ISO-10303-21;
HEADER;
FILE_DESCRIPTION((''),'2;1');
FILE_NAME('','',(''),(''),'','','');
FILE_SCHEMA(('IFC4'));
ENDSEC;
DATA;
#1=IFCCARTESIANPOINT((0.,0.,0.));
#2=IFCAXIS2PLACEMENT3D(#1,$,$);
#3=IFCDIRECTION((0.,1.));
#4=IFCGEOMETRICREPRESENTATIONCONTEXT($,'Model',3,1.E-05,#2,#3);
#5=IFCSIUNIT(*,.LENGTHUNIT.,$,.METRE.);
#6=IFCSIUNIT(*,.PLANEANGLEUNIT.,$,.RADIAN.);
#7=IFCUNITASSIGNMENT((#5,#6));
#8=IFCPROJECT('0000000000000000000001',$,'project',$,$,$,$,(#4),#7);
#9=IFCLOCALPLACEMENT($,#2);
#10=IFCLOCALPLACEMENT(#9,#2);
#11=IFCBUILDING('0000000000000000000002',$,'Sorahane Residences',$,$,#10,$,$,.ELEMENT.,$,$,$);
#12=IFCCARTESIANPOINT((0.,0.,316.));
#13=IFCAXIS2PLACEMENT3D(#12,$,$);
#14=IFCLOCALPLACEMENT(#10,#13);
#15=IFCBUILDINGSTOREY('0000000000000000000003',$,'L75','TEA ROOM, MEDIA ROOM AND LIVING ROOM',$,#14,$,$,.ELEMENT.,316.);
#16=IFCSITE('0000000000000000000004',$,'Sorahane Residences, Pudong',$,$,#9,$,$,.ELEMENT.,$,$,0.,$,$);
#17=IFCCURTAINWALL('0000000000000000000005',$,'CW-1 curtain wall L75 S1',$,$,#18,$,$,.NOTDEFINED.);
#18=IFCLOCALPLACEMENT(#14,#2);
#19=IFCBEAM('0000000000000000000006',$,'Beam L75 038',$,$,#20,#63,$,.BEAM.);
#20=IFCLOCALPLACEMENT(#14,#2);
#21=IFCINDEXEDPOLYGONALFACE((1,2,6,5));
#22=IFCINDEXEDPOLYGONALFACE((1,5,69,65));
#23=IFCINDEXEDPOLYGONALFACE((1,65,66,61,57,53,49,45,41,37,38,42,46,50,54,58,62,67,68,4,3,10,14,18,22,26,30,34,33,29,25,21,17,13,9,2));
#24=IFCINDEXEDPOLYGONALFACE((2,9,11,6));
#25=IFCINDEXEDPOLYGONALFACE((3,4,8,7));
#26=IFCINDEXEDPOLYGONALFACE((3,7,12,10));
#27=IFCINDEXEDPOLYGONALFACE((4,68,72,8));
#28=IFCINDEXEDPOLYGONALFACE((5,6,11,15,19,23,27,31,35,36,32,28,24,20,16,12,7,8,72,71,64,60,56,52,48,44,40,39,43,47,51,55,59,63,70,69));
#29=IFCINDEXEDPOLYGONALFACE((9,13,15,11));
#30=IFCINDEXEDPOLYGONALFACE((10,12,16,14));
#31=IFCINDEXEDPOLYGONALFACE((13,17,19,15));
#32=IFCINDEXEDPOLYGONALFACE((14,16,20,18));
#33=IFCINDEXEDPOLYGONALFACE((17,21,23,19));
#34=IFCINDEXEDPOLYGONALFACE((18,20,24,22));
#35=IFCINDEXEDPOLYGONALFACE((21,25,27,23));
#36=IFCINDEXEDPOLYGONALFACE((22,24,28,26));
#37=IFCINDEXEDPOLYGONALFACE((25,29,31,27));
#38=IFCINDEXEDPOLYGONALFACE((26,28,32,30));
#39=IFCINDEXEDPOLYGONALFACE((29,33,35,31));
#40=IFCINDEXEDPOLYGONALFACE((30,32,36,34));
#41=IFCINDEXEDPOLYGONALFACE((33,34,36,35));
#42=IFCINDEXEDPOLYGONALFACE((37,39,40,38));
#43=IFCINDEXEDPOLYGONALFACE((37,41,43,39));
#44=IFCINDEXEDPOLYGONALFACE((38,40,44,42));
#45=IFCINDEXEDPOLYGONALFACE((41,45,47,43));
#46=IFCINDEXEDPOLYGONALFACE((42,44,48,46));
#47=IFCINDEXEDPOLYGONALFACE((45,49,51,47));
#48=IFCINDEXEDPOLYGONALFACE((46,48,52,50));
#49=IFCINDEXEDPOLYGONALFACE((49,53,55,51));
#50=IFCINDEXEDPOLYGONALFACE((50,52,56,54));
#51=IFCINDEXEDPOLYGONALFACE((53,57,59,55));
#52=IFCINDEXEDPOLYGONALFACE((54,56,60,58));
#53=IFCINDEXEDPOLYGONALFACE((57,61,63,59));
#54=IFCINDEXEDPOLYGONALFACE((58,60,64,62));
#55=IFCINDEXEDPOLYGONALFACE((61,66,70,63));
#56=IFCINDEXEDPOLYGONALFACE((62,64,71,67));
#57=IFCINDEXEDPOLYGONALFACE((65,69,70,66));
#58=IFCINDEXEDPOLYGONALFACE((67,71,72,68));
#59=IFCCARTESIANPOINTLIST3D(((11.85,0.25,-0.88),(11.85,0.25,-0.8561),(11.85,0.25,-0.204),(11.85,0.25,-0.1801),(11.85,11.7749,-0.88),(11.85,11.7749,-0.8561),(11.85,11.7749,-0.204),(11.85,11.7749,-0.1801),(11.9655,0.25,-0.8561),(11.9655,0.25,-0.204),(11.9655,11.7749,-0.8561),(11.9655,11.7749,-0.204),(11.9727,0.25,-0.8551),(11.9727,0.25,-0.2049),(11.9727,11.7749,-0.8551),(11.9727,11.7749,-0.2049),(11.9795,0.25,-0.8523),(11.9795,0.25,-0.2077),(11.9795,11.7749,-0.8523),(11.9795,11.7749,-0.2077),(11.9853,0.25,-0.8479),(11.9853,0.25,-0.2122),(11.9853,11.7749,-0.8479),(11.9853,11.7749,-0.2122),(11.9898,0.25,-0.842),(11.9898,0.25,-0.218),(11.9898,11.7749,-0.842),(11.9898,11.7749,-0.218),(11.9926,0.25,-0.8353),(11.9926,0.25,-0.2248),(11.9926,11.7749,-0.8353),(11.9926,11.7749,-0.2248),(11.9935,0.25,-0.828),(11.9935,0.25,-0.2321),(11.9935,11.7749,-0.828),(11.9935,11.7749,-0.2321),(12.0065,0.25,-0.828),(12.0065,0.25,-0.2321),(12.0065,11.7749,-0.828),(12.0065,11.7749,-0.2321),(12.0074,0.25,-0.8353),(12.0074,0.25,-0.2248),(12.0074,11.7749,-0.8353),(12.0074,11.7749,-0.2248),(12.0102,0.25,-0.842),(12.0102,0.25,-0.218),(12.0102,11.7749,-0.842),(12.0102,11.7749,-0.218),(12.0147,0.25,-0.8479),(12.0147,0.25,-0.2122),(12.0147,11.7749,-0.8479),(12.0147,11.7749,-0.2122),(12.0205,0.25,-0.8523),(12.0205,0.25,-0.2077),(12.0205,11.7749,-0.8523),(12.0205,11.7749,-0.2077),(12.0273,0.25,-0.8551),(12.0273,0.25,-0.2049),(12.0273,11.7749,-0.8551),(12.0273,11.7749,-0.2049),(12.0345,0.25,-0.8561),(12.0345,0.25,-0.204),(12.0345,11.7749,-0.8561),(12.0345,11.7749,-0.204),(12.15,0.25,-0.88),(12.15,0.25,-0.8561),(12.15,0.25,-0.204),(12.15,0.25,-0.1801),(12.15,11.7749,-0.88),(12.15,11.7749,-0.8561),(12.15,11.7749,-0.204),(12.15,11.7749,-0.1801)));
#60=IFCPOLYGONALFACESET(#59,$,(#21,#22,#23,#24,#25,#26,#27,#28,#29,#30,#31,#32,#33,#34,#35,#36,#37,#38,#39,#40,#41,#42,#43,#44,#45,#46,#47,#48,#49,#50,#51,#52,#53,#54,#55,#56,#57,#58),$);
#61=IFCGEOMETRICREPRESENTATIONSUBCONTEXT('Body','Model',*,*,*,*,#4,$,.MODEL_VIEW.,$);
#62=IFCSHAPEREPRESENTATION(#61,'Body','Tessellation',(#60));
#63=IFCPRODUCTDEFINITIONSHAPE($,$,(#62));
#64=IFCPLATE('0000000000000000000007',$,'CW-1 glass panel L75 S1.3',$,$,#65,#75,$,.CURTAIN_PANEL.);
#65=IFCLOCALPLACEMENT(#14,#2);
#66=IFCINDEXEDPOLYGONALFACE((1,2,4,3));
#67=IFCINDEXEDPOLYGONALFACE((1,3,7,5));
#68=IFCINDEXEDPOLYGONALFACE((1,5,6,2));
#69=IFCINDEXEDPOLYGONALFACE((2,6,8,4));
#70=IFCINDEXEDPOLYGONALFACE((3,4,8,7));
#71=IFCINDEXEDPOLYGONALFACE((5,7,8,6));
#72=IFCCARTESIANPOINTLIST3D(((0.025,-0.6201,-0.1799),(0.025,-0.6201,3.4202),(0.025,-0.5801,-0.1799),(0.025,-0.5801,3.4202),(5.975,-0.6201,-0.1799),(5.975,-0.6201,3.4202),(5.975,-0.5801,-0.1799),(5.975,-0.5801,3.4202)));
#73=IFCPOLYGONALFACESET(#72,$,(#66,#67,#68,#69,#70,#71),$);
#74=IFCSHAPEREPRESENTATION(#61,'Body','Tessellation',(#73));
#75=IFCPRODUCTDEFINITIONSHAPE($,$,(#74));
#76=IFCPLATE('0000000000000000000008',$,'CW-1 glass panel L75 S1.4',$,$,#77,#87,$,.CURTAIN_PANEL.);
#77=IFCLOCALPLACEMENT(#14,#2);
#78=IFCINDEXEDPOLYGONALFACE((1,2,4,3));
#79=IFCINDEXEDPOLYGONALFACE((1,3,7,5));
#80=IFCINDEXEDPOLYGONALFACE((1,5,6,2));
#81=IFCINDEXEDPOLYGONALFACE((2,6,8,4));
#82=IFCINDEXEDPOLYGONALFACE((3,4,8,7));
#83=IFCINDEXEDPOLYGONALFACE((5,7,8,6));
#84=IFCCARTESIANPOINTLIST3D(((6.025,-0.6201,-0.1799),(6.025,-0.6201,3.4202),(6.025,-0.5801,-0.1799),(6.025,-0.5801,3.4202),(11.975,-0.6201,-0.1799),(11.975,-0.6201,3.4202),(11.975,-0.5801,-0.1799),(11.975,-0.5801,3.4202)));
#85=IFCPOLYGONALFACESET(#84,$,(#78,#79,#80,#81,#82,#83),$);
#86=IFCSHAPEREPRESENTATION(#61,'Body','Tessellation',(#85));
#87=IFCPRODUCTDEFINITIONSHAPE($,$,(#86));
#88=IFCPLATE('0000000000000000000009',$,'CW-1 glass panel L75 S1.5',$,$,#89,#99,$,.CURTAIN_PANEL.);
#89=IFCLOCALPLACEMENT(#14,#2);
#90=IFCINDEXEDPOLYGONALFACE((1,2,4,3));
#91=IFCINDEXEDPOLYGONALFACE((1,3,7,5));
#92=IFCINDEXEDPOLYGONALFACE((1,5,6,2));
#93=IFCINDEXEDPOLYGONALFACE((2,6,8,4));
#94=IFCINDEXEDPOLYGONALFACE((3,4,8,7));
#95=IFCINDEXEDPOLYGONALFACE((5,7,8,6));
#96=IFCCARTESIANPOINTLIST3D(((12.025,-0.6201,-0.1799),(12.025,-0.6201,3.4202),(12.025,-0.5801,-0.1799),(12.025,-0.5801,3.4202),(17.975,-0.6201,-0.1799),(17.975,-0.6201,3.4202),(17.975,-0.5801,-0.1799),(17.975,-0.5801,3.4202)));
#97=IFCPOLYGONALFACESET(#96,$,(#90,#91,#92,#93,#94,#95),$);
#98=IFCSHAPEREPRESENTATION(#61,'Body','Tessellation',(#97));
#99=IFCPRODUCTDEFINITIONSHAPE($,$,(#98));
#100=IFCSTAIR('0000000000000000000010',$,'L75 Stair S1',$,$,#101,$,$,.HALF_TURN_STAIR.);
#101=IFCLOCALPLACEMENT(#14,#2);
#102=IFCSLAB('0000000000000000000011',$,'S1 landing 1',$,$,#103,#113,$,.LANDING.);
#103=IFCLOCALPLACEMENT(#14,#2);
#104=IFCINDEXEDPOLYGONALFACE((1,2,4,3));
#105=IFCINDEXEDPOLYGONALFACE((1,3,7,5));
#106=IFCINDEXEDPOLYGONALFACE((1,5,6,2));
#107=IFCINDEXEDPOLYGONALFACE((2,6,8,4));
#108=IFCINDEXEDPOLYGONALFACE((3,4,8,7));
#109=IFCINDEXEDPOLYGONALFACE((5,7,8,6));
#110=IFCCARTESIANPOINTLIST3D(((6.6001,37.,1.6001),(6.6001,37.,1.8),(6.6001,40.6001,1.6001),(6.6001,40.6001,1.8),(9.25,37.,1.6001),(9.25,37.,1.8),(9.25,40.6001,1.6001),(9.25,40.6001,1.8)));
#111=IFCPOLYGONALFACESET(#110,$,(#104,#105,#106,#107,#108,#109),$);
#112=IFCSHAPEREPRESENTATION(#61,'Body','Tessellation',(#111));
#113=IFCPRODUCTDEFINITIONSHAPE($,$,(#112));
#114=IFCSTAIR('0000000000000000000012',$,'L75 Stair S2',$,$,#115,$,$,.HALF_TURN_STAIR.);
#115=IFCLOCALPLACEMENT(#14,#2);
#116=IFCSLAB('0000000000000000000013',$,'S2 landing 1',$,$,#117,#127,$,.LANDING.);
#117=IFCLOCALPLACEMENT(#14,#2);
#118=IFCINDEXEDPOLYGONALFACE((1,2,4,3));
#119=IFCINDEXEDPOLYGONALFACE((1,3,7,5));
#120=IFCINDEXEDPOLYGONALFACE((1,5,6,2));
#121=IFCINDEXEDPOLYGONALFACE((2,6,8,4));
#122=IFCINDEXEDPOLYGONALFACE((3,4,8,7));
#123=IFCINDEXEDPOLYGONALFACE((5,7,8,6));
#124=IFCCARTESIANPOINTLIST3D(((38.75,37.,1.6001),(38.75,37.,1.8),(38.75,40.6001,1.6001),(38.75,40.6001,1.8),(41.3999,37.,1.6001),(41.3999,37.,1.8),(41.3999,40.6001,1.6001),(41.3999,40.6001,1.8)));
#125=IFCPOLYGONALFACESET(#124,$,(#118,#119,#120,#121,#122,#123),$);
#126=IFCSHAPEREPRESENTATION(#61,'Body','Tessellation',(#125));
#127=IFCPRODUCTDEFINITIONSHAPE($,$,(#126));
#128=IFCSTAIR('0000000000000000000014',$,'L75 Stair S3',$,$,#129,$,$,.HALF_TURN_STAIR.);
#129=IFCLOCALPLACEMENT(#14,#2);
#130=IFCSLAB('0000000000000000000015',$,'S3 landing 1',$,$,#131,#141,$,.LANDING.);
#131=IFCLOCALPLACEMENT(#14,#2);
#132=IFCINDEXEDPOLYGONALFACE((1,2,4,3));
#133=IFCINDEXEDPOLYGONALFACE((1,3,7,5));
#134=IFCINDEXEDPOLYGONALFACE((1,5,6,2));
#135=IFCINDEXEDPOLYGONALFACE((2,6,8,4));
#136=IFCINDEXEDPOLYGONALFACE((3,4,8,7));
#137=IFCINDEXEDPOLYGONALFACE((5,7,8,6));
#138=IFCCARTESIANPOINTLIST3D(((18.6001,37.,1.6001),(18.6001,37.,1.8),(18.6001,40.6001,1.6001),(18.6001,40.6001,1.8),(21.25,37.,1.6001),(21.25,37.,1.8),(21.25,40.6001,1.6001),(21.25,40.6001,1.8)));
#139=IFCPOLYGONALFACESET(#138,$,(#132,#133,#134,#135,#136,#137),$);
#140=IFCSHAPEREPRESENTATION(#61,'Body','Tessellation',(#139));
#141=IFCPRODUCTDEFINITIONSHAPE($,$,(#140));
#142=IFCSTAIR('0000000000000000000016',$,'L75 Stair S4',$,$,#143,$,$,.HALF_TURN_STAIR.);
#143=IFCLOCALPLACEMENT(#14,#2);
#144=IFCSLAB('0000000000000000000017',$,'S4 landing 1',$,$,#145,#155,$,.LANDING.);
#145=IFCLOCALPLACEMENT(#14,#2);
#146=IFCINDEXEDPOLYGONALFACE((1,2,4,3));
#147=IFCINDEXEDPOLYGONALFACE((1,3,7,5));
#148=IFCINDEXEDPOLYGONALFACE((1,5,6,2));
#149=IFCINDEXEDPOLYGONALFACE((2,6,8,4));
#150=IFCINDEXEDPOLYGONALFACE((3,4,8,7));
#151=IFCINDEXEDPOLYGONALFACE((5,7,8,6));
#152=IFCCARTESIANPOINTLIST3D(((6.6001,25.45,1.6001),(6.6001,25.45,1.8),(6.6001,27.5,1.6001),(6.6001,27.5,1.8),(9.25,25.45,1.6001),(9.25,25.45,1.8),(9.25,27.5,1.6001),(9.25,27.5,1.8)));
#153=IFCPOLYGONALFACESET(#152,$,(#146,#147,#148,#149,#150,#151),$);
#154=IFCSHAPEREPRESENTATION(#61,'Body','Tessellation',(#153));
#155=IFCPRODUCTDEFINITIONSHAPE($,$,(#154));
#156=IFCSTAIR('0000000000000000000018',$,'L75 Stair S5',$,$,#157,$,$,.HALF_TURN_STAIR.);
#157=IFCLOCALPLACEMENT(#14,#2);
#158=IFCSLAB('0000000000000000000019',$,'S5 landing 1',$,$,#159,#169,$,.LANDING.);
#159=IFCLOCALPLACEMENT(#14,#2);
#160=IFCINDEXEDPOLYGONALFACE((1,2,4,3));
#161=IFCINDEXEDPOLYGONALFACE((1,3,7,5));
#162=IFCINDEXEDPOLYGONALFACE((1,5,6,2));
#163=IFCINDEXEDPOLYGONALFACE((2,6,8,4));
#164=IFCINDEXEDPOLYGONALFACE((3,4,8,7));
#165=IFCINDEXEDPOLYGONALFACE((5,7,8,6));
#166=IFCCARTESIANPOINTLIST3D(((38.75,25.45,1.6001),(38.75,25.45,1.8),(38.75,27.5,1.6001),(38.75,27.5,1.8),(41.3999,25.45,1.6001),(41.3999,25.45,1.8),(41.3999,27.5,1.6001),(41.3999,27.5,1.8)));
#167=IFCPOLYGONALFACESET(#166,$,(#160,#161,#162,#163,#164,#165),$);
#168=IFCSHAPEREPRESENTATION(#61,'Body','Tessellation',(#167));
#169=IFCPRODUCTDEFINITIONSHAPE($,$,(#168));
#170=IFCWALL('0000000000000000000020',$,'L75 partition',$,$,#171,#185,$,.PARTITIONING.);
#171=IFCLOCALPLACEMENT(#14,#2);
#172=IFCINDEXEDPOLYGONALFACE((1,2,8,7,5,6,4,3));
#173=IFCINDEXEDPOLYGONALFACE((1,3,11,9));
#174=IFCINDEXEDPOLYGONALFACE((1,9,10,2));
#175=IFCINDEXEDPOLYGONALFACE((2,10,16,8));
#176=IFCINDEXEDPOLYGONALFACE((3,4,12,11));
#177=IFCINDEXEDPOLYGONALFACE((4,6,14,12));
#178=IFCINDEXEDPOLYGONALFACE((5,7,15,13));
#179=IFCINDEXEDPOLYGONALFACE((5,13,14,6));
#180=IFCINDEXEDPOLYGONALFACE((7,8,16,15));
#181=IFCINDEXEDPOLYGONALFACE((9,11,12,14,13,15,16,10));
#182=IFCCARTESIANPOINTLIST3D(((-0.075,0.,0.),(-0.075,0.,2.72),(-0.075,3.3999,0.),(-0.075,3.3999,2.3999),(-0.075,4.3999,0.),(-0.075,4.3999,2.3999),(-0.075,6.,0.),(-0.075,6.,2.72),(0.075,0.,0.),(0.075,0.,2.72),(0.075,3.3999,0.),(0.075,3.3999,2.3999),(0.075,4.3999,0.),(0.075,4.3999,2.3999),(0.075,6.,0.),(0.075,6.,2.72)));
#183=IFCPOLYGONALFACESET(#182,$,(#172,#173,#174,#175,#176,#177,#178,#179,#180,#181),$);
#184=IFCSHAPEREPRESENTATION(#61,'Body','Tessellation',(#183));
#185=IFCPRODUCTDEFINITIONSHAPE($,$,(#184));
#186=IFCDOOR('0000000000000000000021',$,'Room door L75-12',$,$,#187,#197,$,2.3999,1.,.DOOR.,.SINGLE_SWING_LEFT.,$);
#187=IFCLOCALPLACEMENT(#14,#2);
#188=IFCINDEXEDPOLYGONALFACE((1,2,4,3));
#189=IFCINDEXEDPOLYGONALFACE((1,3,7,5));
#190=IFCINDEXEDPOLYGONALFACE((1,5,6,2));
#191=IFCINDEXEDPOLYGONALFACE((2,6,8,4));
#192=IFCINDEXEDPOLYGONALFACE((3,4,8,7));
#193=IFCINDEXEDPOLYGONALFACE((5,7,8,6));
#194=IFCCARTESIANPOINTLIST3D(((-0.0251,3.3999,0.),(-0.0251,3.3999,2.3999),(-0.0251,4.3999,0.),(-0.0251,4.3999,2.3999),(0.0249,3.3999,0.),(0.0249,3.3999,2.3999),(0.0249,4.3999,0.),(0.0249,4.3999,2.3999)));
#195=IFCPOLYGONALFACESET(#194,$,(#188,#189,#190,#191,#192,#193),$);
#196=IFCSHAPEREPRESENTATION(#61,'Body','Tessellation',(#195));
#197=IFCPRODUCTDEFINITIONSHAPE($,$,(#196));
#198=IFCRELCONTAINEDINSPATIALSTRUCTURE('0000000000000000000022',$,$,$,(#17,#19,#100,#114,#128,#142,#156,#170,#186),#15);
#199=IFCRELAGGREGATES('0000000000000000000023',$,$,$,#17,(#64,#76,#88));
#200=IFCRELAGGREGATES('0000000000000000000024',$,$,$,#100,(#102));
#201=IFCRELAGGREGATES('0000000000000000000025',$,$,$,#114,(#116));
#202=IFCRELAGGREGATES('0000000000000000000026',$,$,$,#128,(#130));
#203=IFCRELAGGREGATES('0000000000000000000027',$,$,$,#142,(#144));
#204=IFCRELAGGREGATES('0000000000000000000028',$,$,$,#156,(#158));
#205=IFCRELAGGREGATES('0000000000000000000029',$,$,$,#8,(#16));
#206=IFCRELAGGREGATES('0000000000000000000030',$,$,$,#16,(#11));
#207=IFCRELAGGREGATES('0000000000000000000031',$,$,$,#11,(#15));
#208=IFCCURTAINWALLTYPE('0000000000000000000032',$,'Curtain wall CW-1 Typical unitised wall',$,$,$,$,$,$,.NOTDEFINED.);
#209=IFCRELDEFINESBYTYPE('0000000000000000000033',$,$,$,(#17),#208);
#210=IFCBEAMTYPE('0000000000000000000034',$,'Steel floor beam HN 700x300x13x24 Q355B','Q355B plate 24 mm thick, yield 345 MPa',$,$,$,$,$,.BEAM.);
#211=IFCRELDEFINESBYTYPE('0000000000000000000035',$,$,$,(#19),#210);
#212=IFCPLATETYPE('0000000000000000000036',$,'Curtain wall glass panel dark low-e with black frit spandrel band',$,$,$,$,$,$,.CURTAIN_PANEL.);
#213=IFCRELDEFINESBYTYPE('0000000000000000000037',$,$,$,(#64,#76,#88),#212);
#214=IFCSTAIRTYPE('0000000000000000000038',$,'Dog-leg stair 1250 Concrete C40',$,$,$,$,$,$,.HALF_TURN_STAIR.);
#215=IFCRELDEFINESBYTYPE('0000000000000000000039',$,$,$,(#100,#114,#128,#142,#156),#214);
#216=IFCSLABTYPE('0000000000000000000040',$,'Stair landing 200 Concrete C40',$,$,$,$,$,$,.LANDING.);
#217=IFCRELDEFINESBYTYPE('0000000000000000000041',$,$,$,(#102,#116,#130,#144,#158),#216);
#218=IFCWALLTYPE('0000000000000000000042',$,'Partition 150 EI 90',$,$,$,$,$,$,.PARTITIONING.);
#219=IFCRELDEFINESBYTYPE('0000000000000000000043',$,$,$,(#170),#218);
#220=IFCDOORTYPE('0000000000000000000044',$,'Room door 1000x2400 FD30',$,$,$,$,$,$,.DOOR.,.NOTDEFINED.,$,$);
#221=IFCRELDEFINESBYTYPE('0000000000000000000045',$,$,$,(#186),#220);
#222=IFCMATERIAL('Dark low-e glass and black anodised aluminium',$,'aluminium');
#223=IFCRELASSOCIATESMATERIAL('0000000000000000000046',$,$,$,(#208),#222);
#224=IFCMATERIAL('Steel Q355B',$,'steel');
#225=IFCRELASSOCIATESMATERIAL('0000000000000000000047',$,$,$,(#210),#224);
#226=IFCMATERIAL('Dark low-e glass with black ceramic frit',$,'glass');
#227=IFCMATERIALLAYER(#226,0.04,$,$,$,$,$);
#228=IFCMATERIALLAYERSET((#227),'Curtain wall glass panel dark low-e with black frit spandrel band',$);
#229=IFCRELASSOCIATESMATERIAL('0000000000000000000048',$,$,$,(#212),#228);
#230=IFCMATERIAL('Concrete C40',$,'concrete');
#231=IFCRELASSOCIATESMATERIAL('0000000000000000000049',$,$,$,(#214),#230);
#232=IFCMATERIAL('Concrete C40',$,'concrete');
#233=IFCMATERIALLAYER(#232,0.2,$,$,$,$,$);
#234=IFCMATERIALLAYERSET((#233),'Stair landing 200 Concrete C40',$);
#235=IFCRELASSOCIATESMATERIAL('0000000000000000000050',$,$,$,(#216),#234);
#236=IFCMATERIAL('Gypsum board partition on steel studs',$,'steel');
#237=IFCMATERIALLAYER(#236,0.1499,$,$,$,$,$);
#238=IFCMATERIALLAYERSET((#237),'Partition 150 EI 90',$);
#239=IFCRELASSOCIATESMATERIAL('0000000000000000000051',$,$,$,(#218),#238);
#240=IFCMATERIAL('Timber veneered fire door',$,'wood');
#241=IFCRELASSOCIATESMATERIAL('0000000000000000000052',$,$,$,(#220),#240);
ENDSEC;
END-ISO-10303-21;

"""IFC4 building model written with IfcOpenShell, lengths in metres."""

from ifc_helpers import new_model, si_unit, direction, frame, frame_2d, origin, origin_2d, place, context, subcontext, project, spatial, polyline, rectangle, i_section, outline, extrude, material, layer, layer_set, material_profile, profile_set, type_object, element, fill, aggregate, save


model = new_model("IFC4")

# Units and contexts
model_context = context("Model", 3, precision=1e-05, world=origin(), true_north=direction((0.0, 1.0)))
body_context = subcontext(model_context, "Body", "Model", "MODEL_VIEW")
ifc_project = project(units=[si_unit("LENGTHUNIT", "METRE"), si_unit("PLANEANGLEUNIT", "RADIAN")], contexts=[model_context])

# Site, building, storey
site_placement = place(None, origin())
site = spatial("IfcSite", under=ifc_project, at=site_placement, Name="Sorahane Residences, Pudong", CompositionType="ELEMENT", RefElevation=0.0)
building_placement = place(site_placement, origin())
building = spatial("IfcBuilding", under=site, at=building_placement, Name="Sorahane Residences", CompositionType="ELEMENT")
storey_placement = place(building_placement, frame((0.0, 0.0, 316.0)))
storey = spatial("IfcBuildingStorey", under=building, at=storey_placement, Name="L75", Description="TEA ROOM, MEDIA ROOM AND LIVING ROOM", CompositionType="ELEMENT", Elevation=316.0)

# Curtain wall
ifc_material_1 = material(Name="Dark low-e glass and black anodised aluminium", Category="aluminium")
curtain_wall_type = type_object("IfcCurtainWallType", Name="Curtain wall CW-1 Typical unitised wall", PredefinedType="NOTDEFINED", material=ifc_material_1)
curtain_wall_placement = place(storey_placement, origin())
curtain_wall = element("IfcCurtainWall", 1, at=curtain_wall_placement, inside=storey, type_object=curtain_wall_type, Name="CW-1 curtain wall L75 S1", PredefinedType="NOTDEFINED")

# Beam
ifc_material_2 = material(Name="Steel Q355B", Category="steel")
ifc_material_profile_1 = material_profile(ifc_material_2, i_section(OverallWidth=0.3, OverallDepth=0.7, WebThickness=0.0129, FlangeThickness=0.0239, FilletRadius=0.0281, at=origin_2d()), Name="HN 700x300x13x24")
ifc_profile_set_1 = profile_set([ifc_material_profile_1], Name="Steel Q355B")
beam_type_1 = type_object("IfcBeamType", Name="Steel floor beam HN 700x300x13x24 Q355B", Description="Q355B plate 24 mm thick, yield 345 MPa", PredefinedType="BEAM", material=ifc_profile_set_1)
beam_1_placement = place(storey_placement, frame((12.0, 0.25, -0.53), z_axis=(0.0, 1.0, 0.0), x_axis=(-1.0, 0.0, 0.0)))
element("IfcBeam", 2, at=beam_1_placement, inside=storey, type_object=beam_type_1, Name="Beam L75 038", PredefinedType="BEAM", context=body_context, shape_type="SweptSolid", body=[
    extrude(i_section(OverallWidth=0.3, OverallDepth=0.7, WebThickness=0.0129, FlangeThickness=0.0239, FilletRadius=0.0281, at=origin_2d()), origin(), (0.0, 0.0, 1.0), 11.5249),
])

# Plates
ifc_material_3 = material(Name="Dark low-e glass with black ceramic frit", Category="glass")
ifc_layer_1 = layer(ifc_material_3, 0.04)
ifc_layer_set_1 = layer_set([ifc_layer_1], Name="Curtain wall glass panel dark low-e with black frit spandrel band")
plate_type = type_object("IfcPlateType", Name="Curtain wall glass panel dark low-e with black frit spandrel band", PredefinedType="CURTAIN_PANEL", material=ifc_layer_set_1)
plate_1_placement = place(storey_placement, frame((3.0, -0.6001, -0.1799), z_axis=(0.0, 0.0, 1.0), x_axis=(1.0, 0.0, 0.0)))
plate_1 = element("IfcPlate", 3, at=plate_1_placement, type_object=plate_type, Name="CW-1 glass panel L75 S1.3", PredefinedType="CURTAIN_PANEL", context=body_context, shape_type="SweptSolid", body=[
    extrude(rectangle(XDim=5.95, YDim=0.04, at=origin_2d()), origin(), (0.0, 0.0, 1.0), 3.6001),
])
plate_2_placement = place(storey_placement, frame((9.0, -0.6001, -0.1799), z_axis=(0.0, 0.0, 1.0), x_axis=(1.0, 0.0, 0.0)))
plate_2 = element("IfcPlate", 4, at=plate_2_placement, type_object=plate_type, Name="CW-1 glass panel L75 S1.4", PredefinedType="CURTAIN_PANEL", context=body_context, shape_type="SweptSolid", body=[
    extrude(rectangle(XDim=5.95, YDim=0.04, at=origin_2d()), origin(), (0.0, 0.0, 1.0), 3.6001),
])
plate_3_placement = place(storey_placement, frame((15.0, -0.6001, -0.1799), z_axis=(0.0, 0.0, 1.0), x_axis=(1.0, 0.0, 0.0)))
plate_3 = element("IfcPlate", 5, at=plate_3_placement, type_object=plate_type, Name="CW-1 glass panel L75 S1.5", PredefinedType="CURTAIN_PANEL", context=body_context, shape_type="SweptSolid", body=[
    extrude(rectangle(XDim=5.95, YDim=0.04, at=origin_2d()), origin(), (0.0, 0.0, 1.0), 3.6001),
])
aggregate(curtain_wall, [plate_1, plate_2, plate_3])

# Stairs, slabs
ifc_material_4 = material(Name="Concrete C40", Category="concrete")
stair_type = type_object("IfcStairType", Name="Dog-leg stair 1250 Concrete C40", PredefinedType="HALF_TURN_STAIR", material=ifc_material_4)
stair_1_placement = place(storey_placement, origin())
stair_1 = element("IfcStair", 6, at=stair_1_placement, inside=storey, type_object=stair_type, Name="L75 Stair S1", PredefinedType="HALF_TURN_STAIR")
ifc_material_5 = material(Name="Concrete C40", Category="concrete")
ifc_layer_2 = layer(ifc_material_5, 0.2)
ifc_layer_set_2 = layer_set([ifc_layer_2], Name="Stair landing 200 Concrete C40")
slab_type = type_object("IfcSlabType", Name="Stair landing 200 Concrete C40", PredefinedType="LANDING", material=ifc_layer_set_2)
slab_1_placement = place(storey_placement, frame((0.0, 0.0, 1.6001)))
slab_1 = element("IfcSlab", 7, at=slab_1_placement, type_object=slab_type, Name="S1 landing 1", PredefinedType="LANDING", context=body_context, shape_type="SweptSolid", body=[
    extrude(outline(polyline([(6.6001, 40.6001), (6.6001, 37.0), (9.25, 37.0), (9.25, 40.6001), (6.6001, 40.6001)])), origin(), (0.0, 0.0, 1.0), 0.2),
])
aggregate(stair_1, [slab_1])
stair_2_placement = place(storey_placement, origin())
stair_2 = element("IfcStair", 8, at=stair_2_placement, inside=storey, type_object=stair_type, Name="L75 Stair S2", PredefinedType="HALF_TURN_STAIR")
slab_2_placement = place(storey_placement, frame((0.0, 0.0, 1.6001)))
slab_2 = element("IfcSlab", 9, at=slab_2_placement, type_object=slab_type, Name="S2 landing 1", PredefinedType="LANDING", context=body_context, shape_type="SweptSolid", body=[
    extrude(outline(polyline([(38.75, 40.6001), (38.75, 37.0), (41.3999, 37.0), (41.3999, 40.6001), (38.75, 40.6001)])), origin(), (0.0, 0.0, 1.0), 0.2),
])
aggregate(stair_2, [slab_2])
stair_3_placement = place(storey_placement, origin())
stair_3 = element("IfcStair", 10, at=stair_3_placement, inside=storey, type_object=stair_type, Name="L75 Stair S3", PredefinedType="HALF_TURN_STAIR")
slab_3_placement = place(storey_placement, frame((0.0, 0.0, 1.6001)))
slab_3 = element("IfcSlab", 11, at=slab_3_placement, type_object=slab_type, Name="S3 landing 1", PredefinedType="LANDING", context=body_context, shape_type="SweptSolid", body=[
    extrude(outline(polyline([(18.6001, 40.6001), (18.6001, 37.0), (21.25, 37.0), (21.25, 40.6001), (18.6001, 40.6001)])), origin(), (0.0, 0.0, 1.0), 0.2),
])
aggregate(stair_3, [slab_3])
stair_4_placement = place(storey_placement, origin())
stair_4 = element("IfcStair", 12, at=stair_4_placement, inside=storey, type_object=stair_type, Name="L75 Stair S4", PredefinedType="HALF_TURN_STAIR")
slab_4_placement = place(storey_placement, frame((0.0, 0.0, 1.6001)))
slab_4 = element("IfcSlab", 13, at=slab_4_placement, type_object=slab_type, Name="S4 landing 1", PredefinedType="LANDING", context=body_context, shape_type="SweptSolid", body=[
    extrude(outline(polyline([(9.25, 25.45), (9.25, 27.5), (6.6001, 27.5), (6.6001, 25.45), (9.25, 25.45)])), origin(), (0.0, 0.0, 1.0), 0.2),
])
aggregate(stair_4, [slab_4])
stair_5_placement = place(storey_placement, origin())
stair_5 = element("IfcStair", 14, at=stair_5_placement, inside=storey, type_object=stair_type, Name="L75 Stair S5", PredefinedType="HALF_TURN_STAIR")
slab_5_placement = place(storey_placement, frame((0.0, 0.0, 1.6001)))
slab_5 = element("IfcSlab", 15, at=slab_5_placement, type_object=slab_type, Name="S5 landing 1", PredefinedType="LANDING", context=body_context, shape_type="SweptSolid", body=[
    extrude(outline(polyline([(41.3999, 25.45), (41.3999, 27.5), (38.75, 27.5), (38.75, 25.45), (41.3999, 25.45)])), origin(), (0.0, 0.0, 1.0), 0.2),
])
aggregate(stair_5, [slab_5])

# Wall, opening, door
ifc_material_6 = material(Name="Gypsum board partition on steel studs", Category="steel")
ifc_layer_3 = layer(ifc_material_6, 0.1499)
ifc_layer_set_3 = layer_set([ifc_layer_3], Name="Partition 150 EI 90")
wall_type_1 = type_object("IfcWallType", Name="Partition 150 EI 90", PredefinedType="PARTITIONING", material=ifc_layer_set_3)
wall_1_placement = place(storey_placement, frame((0.0, 0.0, 0.0), z_axis=(0.0, 0.0, 1.0), x_axis=(0.0, 1.0, 0.0)))
wall_1 = element("IfcWall", 16, at=wall_1_placement, inside=storey, type_object=wall_type_1, Name="L75 partition", PredefinedType="PARTITIONING", context=body_context, shape_type="SweptSolid", body=[
    extrude(rectangle(XDim=6.0, YDim=0.1499, at=frame_2d((3.0, 0.0))), origin(), (0.0, 0.0, 1.0), 2.72),
])
opening_placement = place(wall_1_placement, frame((3.3999, 0.0, 0.0)))
opening = element("IfcOpeningElement", 17, at=opening_placement, cuts=wall_1, PredefinedType="OPENING", context=body_context, shape_type="SweptSolid", body=[
    extrude(rectangle(XDim=1.0, YDim=2.3999, at=frame_2d((0.5, 1.2))), frame((0.0, 0.085, 0.0), z_axis=(0.0, -1.0, 0.0), x_axis=(1.0, 0.0, 0.0)), (0.0, 0.0, 1.0), 0.1699),
])
ifc_material_7 = material(Name="Timber veneered fire door", Category="wood")
door_type = type_object("IfcDoorType", Name="Room door 1000x2400 FD30", OperationType="NOTDEFINED", PredefinedType="DOOR", material=ifc_material_7)
door_placement = place(opening_placement, frame((1.0, 0.0, 0.0), z_axis=(0.0, 0.0, 1.0), x_axis=(-1.0, 0.0, 0.0)))
door = element("IfcDoor", 18, at=door_placement, inside=storey, type_object=door_type, Name="Room door L75-12", OperationType="SINGLE_SWING_LEFT", OverallHeight=2.3999, OverallWidth=1.0, PredefinedType="DOOR", context=body_context, shape_type="SweptSolid", body=[
    extrude(rectangle(XDim=1.0, YDim=2.3999, at=frame_2d((0.5, 1.2))), frame((0.0, 0.0249, 0.0), z_axis=(0.0, -1.0, 0.0), x_axis=(1.0, 0.0, 0.0)), (0.0, 0.0, 1.0), 0.05),
])
fill(opening, door)

save(model, "model.ifc")
